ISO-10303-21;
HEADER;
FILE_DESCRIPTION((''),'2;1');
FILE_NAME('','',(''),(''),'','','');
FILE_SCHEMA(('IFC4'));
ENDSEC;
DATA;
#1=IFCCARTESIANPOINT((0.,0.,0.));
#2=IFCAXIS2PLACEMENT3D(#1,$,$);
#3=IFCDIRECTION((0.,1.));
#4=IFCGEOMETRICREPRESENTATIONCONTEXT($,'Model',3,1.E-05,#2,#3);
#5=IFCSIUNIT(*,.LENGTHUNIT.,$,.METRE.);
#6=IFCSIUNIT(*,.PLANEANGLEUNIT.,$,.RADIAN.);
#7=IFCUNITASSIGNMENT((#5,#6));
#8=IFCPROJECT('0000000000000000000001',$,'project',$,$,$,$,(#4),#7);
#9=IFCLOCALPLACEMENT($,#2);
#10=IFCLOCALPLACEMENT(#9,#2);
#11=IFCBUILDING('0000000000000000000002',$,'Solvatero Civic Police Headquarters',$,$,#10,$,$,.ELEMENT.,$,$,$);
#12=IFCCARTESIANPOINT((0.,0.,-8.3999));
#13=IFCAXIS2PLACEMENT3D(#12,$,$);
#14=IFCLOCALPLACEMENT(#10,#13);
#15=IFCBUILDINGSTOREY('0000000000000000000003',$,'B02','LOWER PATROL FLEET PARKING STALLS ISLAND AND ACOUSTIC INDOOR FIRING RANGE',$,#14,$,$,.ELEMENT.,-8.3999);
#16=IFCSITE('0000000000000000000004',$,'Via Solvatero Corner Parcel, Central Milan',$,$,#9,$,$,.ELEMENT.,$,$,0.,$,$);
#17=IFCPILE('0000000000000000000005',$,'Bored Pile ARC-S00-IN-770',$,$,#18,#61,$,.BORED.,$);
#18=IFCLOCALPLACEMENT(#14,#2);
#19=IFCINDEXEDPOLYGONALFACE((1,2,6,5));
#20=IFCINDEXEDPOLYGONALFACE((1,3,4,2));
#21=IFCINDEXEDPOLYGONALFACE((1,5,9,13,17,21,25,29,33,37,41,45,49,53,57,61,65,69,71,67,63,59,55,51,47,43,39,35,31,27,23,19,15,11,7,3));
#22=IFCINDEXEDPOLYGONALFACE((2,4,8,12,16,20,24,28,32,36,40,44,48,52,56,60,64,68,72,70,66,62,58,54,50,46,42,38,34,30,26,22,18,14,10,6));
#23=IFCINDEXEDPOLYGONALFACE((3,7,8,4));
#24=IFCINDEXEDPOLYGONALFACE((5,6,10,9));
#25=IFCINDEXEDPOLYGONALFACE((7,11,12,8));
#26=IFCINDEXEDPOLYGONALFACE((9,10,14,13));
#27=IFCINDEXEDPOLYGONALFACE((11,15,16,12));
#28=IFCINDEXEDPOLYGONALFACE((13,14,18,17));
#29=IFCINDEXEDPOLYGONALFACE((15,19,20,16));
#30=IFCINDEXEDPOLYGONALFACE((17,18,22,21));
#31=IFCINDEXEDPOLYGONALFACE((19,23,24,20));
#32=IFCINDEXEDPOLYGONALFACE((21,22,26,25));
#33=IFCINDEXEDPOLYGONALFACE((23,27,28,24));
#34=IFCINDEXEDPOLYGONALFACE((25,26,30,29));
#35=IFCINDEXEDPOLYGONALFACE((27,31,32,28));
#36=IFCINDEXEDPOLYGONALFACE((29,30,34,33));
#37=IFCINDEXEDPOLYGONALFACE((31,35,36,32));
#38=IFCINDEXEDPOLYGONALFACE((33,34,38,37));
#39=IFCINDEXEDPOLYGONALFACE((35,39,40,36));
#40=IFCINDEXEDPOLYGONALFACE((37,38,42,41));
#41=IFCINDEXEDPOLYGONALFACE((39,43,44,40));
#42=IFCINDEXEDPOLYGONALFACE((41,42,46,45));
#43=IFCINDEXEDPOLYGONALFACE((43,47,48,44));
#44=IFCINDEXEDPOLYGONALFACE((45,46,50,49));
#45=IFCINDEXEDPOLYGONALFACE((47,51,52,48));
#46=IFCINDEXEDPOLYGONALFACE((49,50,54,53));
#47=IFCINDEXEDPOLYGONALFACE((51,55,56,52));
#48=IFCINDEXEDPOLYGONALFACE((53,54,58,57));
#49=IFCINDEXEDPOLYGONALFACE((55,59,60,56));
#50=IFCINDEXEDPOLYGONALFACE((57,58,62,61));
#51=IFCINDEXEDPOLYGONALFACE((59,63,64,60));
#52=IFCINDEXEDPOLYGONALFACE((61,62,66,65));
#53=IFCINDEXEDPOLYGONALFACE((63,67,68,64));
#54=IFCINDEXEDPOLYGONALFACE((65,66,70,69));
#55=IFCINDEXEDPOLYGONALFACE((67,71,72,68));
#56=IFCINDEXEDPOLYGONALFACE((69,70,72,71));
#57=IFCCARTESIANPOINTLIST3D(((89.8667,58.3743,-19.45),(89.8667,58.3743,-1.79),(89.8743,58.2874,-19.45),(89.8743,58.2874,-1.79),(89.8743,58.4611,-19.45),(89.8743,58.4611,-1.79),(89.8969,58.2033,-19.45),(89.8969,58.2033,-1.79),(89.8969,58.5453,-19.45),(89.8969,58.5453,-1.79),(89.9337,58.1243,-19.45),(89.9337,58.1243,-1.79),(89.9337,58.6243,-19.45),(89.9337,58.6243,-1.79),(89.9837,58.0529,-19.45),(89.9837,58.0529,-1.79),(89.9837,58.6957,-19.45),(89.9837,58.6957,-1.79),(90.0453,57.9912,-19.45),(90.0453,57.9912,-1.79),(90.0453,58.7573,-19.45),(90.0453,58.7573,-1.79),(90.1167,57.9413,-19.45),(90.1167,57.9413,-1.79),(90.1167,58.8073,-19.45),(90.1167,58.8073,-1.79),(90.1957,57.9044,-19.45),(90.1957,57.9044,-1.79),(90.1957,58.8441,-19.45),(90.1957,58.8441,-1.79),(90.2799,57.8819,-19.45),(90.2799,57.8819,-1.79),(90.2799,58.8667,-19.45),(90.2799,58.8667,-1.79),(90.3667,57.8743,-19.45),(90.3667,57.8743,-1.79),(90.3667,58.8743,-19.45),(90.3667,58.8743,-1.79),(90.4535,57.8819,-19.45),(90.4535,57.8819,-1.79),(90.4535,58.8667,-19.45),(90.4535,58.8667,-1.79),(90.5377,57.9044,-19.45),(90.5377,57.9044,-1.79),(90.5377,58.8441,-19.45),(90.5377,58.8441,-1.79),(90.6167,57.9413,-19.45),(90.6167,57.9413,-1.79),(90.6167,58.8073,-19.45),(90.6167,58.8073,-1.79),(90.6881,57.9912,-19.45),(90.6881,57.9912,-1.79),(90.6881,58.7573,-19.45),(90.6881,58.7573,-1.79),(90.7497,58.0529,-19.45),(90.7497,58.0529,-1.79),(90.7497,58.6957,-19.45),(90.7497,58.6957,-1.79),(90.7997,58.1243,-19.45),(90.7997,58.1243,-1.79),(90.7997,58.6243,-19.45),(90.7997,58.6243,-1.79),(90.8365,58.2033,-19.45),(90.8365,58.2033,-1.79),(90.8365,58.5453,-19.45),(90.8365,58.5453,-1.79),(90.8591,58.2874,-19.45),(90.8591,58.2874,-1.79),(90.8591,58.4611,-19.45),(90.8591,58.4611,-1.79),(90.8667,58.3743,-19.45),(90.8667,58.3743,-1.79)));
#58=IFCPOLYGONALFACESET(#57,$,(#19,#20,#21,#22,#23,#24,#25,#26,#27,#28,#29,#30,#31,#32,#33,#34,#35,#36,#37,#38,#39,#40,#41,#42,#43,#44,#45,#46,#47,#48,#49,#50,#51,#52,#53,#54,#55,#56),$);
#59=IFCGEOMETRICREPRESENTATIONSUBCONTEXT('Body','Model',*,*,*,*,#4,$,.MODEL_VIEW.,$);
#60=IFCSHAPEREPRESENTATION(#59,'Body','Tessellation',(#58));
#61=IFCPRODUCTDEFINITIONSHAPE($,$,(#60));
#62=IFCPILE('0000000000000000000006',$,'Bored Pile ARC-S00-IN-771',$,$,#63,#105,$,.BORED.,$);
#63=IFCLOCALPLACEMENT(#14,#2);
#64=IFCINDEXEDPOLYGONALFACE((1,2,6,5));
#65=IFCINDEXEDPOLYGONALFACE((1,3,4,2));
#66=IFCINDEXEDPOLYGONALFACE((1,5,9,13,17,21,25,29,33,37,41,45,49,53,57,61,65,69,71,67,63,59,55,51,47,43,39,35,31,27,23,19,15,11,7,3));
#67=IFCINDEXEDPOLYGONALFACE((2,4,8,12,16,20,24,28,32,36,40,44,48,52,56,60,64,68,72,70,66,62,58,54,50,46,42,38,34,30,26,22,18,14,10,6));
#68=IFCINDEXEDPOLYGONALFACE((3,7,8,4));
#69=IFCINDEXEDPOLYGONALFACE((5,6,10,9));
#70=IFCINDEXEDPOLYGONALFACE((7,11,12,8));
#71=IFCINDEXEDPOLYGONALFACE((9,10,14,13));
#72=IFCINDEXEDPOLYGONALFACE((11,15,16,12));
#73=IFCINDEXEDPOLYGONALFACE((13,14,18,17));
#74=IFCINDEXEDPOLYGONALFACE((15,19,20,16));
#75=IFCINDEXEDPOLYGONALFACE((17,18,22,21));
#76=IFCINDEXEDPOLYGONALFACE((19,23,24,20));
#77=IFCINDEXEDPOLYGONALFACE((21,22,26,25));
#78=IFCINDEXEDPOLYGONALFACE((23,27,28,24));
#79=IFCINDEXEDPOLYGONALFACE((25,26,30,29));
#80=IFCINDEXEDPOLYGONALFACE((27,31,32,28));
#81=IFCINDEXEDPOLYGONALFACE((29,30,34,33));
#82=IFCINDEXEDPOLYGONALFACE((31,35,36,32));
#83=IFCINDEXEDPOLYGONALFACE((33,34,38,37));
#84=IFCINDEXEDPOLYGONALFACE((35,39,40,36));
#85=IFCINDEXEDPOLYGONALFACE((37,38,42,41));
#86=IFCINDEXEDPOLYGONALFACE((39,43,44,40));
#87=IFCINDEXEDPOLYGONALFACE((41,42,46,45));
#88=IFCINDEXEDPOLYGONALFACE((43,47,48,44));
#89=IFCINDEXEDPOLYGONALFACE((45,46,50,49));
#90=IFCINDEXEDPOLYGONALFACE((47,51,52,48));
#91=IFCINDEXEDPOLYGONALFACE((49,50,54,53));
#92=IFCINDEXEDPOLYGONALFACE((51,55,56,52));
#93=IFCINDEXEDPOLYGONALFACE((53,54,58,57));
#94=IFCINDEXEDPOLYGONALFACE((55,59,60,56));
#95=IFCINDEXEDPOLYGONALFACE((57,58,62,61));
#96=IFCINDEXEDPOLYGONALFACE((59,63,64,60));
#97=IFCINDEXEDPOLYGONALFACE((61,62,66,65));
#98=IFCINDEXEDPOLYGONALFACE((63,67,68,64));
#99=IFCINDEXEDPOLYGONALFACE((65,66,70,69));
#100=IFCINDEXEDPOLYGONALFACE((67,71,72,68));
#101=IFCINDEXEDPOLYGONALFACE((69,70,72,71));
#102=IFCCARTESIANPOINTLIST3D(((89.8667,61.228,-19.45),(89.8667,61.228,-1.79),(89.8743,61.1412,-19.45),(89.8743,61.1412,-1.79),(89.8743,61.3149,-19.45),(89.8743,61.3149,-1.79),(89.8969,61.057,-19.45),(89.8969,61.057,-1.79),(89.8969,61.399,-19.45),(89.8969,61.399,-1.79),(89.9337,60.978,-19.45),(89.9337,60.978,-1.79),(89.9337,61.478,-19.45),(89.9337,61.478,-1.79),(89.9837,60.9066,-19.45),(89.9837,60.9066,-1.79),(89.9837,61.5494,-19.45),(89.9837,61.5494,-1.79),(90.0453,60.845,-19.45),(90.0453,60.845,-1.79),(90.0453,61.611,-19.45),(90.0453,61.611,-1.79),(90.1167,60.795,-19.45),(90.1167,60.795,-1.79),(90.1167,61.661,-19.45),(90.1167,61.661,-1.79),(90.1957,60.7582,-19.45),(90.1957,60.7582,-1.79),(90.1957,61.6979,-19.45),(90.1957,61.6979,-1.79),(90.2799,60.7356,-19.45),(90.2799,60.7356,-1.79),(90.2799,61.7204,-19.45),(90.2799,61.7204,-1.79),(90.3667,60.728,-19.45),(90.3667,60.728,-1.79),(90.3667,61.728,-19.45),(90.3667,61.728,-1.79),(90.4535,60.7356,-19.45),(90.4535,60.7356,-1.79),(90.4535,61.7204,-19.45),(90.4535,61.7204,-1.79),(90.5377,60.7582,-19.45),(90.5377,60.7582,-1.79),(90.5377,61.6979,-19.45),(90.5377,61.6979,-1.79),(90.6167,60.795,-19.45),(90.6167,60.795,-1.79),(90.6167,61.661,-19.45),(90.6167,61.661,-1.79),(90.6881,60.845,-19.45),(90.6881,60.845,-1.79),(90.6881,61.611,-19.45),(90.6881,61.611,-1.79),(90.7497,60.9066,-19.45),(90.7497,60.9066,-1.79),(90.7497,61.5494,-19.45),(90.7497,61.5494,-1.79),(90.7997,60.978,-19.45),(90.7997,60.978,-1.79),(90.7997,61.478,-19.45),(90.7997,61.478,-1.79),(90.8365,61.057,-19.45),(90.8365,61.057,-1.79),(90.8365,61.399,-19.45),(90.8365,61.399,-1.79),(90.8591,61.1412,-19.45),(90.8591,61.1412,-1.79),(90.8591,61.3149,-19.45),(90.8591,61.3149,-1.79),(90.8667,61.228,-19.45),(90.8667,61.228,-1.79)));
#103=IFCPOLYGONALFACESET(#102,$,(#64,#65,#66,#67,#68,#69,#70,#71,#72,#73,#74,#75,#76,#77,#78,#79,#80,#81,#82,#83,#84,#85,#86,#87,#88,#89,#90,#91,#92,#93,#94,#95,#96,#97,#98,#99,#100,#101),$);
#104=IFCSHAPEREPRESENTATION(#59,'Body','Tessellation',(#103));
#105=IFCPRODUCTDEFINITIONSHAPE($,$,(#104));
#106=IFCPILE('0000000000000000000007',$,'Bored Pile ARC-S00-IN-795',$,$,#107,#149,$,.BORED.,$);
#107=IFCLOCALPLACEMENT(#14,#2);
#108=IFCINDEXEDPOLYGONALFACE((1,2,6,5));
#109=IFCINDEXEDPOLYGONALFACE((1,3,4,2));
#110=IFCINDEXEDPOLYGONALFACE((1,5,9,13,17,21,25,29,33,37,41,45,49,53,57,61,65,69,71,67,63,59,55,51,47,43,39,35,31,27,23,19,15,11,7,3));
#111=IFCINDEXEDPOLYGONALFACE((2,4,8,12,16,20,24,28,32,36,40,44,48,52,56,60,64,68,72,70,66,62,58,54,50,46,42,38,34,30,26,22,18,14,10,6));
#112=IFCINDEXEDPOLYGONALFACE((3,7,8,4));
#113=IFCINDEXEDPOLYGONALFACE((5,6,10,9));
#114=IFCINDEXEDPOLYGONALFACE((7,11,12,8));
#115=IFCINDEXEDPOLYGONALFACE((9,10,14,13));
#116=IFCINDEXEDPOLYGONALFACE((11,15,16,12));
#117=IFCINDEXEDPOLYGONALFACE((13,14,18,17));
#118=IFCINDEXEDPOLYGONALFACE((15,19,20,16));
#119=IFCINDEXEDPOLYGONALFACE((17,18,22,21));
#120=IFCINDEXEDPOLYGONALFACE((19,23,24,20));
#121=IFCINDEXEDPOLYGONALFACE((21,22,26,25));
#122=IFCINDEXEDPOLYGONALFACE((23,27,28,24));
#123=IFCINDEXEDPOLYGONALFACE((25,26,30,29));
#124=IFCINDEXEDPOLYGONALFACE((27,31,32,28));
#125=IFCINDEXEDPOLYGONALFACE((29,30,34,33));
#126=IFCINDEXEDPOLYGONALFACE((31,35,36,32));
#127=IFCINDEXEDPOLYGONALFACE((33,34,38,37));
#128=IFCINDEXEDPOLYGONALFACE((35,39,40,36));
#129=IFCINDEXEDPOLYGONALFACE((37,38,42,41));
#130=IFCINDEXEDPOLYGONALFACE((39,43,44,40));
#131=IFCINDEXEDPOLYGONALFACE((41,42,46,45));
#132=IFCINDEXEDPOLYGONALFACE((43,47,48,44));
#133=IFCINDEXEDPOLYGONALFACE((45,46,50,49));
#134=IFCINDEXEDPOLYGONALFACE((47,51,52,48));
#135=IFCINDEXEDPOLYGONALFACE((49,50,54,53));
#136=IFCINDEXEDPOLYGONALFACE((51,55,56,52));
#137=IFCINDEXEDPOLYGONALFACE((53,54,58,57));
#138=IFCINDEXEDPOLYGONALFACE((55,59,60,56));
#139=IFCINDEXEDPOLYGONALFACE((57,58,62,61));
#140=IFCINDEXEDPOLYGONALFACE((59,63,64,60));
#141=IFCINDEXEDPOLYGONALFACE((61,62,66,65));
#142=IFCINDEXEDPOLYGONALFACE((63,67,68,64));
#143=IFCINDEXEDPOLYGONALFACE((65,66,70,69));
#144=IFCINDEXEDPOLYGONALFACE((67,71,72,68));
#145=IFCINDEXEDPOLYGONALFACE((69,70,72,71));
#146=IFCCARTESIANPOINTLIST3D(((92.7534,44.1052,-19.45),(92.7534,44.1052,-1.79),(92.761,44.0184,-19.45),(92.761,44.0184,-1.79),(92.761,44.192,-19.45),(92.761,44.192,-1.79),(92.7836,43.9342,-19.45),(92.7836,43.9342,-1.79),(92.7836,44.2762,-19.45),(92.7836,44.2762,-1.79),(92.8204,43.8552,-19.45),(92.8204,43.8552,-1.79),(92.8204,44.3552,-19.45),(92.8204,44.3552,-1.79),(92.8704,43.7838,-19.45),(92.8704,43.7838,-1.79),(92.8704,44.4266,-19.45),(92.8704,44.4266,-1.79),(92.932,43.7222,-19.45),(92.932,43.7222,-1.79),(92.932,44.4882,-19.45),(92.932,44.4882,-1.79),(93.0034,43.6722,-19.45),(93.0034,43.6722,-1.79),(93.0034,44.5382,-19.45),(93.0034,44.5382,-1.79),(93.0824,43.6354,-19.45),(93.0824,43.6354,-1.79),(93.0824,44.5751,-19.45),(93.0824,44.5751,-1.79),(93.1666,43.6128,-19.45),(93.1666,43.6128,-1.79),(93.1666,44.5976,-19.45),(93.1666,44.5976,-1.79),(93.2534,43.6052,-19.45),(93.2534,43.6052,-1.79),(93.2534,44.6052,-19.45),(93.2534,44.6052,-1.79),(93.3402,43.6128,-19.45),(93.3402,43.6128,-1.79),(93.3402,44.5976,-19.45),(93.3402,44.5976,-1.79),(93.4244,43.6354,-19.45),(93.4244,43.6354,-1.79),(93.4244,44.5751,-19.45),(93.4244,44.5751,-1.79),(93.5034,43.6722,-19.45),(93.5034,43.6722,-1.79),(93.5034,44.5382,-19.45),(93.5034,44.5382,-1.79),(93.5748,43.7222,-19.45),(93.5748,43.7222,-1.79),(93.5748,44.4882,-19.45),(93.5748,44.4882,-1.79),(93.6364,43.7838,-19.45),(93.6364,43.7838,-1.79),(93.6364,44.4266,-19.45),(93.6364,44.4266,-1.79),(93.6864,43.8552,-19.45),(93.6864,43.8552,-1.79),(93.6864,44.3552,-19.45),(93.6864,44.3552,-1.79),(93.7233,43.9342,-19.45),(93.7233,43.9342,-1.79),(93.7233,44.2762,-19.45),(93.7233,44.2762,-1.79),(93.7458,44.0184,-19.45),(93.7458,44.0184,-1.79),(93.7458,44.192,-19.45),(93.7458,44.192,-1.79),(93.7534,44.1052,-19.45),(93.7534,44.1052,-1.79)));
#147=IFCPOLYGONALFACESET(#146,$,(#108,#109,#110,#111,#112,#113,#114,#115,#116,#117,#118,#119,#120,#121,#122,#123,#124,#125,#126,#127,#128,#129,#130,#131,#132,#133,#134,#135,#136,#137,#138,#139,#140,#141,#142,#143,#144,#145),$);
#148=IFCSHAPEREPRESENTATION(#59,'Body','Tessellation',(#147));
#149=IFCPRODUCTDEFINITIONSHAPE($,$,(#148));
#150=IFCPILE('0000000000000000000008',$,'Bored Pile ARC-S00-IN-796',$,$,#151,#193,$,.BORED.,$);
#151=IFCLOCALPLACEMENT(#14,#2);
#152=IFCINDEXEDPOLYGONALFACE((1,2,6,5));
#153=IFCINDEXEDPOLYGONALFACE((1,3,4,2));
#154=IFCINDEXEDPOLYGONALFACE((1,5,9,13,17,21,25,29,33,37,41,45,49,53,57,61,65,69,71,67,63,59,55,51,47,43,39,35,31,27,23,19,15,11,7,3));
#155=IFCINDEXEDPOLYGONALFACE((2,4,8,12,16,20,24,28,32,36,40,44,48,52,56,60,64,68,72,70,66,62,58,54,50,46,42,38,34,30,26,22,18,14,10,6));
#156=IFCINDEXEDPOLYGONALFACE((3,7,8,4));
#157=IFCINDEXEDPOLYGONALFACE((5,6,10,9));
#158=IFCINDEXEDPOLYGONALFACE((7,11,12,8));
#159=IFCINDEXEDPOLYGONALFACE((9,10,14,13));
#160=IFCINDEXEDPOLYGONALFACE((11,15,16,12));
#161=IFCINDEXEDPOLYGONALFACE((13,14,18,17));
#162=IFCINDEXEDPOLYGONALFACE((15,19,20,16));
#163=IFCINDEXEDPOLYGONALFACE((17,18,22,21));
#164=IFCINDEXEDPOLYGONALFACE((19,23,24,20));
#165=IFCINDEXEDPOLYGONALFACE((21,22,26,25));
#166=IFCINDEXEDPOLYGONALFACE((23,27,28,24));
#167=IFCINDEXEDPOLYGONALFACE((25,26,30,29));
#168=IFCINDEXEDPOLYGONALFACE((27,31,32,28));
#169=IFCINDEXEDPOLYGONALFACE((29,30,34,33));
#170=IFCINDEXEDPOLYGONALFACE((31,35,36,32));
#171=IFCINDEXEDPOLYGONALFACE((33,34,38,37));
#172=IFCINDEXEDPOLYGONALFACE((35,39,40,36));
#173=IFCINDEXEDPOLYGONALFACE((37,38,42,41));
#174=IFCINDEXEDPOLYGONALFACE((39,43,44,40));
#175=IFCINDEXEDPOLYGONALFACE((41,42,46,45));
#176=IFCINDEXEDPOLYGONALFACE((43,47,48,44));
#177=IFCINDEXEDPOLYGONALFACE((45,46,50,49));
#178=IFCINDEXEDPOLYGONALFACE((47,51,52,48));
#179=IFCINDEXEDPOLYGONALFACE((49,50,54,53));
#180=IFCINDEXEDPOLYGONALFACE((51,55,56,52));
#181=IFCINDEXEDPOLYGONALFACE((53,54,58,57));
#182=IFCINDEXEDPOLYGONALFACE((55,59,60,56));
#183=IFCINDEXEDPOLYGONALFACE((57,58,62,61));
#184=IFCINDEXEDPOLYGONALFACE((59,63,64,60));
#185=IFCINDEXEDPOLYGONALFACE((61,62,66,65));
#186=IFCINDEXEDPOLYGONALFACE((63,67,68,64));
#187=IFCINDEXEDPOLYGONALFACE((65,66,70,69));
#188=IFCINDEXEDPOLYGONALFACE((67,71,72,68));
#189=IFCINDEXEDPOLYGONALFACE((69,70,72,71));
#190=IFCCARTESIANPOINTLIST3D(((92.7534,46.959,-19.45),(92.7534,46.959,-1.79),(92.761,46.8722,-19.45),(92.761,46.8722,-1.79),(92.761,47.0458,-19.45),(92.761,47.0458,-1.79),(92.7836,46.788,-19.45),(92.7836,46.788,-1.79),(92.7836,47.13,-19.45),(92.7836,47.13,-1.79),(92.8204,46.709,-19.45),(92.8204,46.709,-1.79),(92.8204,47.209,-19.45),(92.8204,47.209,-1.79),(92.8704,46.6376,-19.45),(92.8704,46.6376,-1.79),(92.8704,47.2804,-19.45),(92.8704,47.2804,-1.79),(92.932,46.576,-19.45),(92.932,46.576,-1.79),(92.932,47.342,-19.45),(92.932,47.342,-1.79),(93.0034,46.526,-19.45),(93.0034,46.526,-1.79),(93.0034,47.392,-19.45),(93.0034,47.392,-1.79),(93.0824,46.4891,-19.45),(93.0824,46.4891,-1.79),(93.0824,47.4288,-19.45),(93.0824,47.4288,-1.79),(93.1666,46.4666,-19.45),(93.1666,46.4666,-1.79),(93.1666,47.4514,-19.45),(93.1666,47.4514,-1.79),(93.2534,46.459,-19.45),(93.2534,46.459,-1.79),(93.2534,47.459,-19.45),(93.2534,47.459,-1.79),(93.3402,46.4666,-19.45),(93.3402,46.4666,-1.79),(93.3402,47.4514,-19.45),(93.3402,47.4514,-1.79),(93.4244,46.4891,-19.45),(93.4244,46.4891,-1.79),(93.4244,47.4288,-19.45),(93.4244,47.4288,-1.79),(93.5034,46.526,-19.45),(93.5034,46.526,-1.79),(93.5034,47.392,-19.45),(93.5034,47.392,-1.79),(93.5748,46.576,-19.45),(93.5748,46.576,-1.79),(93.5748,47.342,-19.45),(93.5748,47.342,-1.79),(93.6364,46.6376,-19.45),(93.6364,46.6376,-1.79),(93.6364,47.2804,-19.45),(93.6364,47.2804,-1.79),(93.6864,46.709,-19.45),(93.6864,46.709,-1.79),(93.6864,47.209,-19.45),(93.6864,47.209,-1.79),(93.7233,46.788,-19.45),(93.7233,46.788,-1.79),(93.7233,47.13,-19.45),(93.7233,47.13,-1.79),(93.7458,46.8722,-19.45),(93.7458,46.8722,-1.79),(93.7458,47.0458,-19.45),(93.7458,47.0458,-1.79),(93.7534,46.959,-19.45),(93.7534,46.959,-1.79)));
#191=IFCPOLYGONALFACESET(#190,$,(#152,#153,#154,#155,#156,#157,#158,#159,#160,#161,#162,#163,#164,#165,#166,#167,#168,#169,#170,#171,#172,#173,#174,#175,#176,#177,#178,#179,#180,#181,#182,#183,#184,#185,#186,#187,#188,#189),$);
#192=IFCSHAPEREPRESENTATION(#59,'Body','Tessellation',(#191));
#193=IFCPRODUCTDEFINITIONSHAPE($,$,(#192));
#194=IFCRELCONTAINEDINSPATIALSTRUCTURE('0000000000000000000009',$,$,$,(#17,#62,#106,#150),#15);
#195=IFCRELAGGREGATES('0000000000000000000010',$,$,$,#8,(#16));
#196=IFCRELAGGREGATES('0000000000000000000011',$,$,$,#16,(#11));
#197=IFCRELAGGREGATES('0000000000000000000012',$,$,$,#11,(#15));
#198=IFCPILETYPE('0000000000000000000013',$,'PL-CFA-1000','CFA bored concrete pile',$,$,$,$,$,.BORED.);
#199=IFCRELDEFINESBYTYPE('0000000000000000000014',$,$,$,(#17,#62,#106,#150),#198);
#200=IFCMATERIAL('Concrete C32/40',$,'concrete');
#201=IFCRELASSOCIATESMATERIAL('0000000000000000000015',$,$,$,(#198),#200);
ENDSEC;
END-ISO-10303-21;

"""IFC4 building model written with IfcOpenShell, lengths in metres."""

from ifc_helpers import new_model, si_unit, direction, frame, origin, origin_2d, place, context, subcontext, project, spatial, circle, extrude, material, material_profile, profile_set, type_object, element, save


model = new_model("IFC4")

# Units and contexts
model_context = context("Model", 3, precision=1e-05, world=origin(), true_north=direction((0.0, 1.0)))
body_context = subcontext(model_context, "Body", "Model", "MODEL_VIEW")
ifc_project = project(units=[si_unit("LENGTHUNIT", "METRE"), si_unit("PLANEANGLEUNIT", "RADIAN")], contexts=[model_context])

# Site, building, storey
site_placement = place(None, origin())
site = spatial("IfcSite", under=ifc_project, at=site_placement, Name="Via Solvatero Corner Parcel, Central Milan", CompositionType="ELEMENT", RefElevation=0.0)
building_placement = place(site_placement, origin())
building = spatial("IfcBuilding", under=site, at=building_placement, Name="Solvatero Civic Police Headquarters", CompositionType="ELEMENT")
storey_placement = place(building_placement, frame((0.0, 0.0, -8.3999)))
storey = spatial("IfcBuildingStorey", under=building, at=storey_placement, Name="B02", Description="LOWER PATROL FLEET PARKING STALLS ISLAND AND ACOUSTIC INDOOR FIRING RANGE", CompositionType="ELEMENT", Elevation=-8.3999)

# Piles
ifc_material_1 = material(Name="Concrete C32/40", Category="concrete")
ifc_material_profile_1 = material_profile(ifc_material_1, circle(Radius=0.5, at=origin_2d()), Name="CFA PILE D1000")
ifc_profile_set_1 = profile_set([ifc_material_profile_1], Name="Concrete C32/40")
pile_type = type_object("IfcPileType", Name="PL-CFA-1000", Description="CFA bored concrete pile", PredefinedType="BORED", material=ifc_profile_set_1)
for number, where, z_axis, x_axis, name in (
    (1, (90.3667, 58.3743, -1.79), (0.0, 0.0, -1.0), (1.0, 0.0, 0.0), "Bored Pile ARC-S00-IN-770"),
    (2, (90.3667, 61.228, -1.79), (0.0, 0.0, -1.0), (1.0, 0.0, 0.0), "Bored Pile ARC-S00-IN-771"),
    (3, (93.2534, 44.1052, -1.79), (0.0, 0.0, -1.0), (1.0, 0.0, 0.0), "Bored Pile ARC-S00-IN-795"),
    (4, (93.2534, 46.959, -1.79), (0.0, 0.0, -1.0), (1.0, 0.0, 0.0), "Bored Pile ARC-S00-IN-796"),
):
    element("IfcPile", number, at=place(storey_placement, frame(where, z_axis=z_axis, x_axis=x_axis)), inside=storey, type_object=pile_type, Name=name, PredefinedType="BORED", context=body_context, shape_type="SweptSolid", body=[
        extrude(circle(Radius=0.5, at=origin_2d()), origin(), (0.0, 0.0, 1.0), 17.6599),
    ])

save(model, "model.ifc")
